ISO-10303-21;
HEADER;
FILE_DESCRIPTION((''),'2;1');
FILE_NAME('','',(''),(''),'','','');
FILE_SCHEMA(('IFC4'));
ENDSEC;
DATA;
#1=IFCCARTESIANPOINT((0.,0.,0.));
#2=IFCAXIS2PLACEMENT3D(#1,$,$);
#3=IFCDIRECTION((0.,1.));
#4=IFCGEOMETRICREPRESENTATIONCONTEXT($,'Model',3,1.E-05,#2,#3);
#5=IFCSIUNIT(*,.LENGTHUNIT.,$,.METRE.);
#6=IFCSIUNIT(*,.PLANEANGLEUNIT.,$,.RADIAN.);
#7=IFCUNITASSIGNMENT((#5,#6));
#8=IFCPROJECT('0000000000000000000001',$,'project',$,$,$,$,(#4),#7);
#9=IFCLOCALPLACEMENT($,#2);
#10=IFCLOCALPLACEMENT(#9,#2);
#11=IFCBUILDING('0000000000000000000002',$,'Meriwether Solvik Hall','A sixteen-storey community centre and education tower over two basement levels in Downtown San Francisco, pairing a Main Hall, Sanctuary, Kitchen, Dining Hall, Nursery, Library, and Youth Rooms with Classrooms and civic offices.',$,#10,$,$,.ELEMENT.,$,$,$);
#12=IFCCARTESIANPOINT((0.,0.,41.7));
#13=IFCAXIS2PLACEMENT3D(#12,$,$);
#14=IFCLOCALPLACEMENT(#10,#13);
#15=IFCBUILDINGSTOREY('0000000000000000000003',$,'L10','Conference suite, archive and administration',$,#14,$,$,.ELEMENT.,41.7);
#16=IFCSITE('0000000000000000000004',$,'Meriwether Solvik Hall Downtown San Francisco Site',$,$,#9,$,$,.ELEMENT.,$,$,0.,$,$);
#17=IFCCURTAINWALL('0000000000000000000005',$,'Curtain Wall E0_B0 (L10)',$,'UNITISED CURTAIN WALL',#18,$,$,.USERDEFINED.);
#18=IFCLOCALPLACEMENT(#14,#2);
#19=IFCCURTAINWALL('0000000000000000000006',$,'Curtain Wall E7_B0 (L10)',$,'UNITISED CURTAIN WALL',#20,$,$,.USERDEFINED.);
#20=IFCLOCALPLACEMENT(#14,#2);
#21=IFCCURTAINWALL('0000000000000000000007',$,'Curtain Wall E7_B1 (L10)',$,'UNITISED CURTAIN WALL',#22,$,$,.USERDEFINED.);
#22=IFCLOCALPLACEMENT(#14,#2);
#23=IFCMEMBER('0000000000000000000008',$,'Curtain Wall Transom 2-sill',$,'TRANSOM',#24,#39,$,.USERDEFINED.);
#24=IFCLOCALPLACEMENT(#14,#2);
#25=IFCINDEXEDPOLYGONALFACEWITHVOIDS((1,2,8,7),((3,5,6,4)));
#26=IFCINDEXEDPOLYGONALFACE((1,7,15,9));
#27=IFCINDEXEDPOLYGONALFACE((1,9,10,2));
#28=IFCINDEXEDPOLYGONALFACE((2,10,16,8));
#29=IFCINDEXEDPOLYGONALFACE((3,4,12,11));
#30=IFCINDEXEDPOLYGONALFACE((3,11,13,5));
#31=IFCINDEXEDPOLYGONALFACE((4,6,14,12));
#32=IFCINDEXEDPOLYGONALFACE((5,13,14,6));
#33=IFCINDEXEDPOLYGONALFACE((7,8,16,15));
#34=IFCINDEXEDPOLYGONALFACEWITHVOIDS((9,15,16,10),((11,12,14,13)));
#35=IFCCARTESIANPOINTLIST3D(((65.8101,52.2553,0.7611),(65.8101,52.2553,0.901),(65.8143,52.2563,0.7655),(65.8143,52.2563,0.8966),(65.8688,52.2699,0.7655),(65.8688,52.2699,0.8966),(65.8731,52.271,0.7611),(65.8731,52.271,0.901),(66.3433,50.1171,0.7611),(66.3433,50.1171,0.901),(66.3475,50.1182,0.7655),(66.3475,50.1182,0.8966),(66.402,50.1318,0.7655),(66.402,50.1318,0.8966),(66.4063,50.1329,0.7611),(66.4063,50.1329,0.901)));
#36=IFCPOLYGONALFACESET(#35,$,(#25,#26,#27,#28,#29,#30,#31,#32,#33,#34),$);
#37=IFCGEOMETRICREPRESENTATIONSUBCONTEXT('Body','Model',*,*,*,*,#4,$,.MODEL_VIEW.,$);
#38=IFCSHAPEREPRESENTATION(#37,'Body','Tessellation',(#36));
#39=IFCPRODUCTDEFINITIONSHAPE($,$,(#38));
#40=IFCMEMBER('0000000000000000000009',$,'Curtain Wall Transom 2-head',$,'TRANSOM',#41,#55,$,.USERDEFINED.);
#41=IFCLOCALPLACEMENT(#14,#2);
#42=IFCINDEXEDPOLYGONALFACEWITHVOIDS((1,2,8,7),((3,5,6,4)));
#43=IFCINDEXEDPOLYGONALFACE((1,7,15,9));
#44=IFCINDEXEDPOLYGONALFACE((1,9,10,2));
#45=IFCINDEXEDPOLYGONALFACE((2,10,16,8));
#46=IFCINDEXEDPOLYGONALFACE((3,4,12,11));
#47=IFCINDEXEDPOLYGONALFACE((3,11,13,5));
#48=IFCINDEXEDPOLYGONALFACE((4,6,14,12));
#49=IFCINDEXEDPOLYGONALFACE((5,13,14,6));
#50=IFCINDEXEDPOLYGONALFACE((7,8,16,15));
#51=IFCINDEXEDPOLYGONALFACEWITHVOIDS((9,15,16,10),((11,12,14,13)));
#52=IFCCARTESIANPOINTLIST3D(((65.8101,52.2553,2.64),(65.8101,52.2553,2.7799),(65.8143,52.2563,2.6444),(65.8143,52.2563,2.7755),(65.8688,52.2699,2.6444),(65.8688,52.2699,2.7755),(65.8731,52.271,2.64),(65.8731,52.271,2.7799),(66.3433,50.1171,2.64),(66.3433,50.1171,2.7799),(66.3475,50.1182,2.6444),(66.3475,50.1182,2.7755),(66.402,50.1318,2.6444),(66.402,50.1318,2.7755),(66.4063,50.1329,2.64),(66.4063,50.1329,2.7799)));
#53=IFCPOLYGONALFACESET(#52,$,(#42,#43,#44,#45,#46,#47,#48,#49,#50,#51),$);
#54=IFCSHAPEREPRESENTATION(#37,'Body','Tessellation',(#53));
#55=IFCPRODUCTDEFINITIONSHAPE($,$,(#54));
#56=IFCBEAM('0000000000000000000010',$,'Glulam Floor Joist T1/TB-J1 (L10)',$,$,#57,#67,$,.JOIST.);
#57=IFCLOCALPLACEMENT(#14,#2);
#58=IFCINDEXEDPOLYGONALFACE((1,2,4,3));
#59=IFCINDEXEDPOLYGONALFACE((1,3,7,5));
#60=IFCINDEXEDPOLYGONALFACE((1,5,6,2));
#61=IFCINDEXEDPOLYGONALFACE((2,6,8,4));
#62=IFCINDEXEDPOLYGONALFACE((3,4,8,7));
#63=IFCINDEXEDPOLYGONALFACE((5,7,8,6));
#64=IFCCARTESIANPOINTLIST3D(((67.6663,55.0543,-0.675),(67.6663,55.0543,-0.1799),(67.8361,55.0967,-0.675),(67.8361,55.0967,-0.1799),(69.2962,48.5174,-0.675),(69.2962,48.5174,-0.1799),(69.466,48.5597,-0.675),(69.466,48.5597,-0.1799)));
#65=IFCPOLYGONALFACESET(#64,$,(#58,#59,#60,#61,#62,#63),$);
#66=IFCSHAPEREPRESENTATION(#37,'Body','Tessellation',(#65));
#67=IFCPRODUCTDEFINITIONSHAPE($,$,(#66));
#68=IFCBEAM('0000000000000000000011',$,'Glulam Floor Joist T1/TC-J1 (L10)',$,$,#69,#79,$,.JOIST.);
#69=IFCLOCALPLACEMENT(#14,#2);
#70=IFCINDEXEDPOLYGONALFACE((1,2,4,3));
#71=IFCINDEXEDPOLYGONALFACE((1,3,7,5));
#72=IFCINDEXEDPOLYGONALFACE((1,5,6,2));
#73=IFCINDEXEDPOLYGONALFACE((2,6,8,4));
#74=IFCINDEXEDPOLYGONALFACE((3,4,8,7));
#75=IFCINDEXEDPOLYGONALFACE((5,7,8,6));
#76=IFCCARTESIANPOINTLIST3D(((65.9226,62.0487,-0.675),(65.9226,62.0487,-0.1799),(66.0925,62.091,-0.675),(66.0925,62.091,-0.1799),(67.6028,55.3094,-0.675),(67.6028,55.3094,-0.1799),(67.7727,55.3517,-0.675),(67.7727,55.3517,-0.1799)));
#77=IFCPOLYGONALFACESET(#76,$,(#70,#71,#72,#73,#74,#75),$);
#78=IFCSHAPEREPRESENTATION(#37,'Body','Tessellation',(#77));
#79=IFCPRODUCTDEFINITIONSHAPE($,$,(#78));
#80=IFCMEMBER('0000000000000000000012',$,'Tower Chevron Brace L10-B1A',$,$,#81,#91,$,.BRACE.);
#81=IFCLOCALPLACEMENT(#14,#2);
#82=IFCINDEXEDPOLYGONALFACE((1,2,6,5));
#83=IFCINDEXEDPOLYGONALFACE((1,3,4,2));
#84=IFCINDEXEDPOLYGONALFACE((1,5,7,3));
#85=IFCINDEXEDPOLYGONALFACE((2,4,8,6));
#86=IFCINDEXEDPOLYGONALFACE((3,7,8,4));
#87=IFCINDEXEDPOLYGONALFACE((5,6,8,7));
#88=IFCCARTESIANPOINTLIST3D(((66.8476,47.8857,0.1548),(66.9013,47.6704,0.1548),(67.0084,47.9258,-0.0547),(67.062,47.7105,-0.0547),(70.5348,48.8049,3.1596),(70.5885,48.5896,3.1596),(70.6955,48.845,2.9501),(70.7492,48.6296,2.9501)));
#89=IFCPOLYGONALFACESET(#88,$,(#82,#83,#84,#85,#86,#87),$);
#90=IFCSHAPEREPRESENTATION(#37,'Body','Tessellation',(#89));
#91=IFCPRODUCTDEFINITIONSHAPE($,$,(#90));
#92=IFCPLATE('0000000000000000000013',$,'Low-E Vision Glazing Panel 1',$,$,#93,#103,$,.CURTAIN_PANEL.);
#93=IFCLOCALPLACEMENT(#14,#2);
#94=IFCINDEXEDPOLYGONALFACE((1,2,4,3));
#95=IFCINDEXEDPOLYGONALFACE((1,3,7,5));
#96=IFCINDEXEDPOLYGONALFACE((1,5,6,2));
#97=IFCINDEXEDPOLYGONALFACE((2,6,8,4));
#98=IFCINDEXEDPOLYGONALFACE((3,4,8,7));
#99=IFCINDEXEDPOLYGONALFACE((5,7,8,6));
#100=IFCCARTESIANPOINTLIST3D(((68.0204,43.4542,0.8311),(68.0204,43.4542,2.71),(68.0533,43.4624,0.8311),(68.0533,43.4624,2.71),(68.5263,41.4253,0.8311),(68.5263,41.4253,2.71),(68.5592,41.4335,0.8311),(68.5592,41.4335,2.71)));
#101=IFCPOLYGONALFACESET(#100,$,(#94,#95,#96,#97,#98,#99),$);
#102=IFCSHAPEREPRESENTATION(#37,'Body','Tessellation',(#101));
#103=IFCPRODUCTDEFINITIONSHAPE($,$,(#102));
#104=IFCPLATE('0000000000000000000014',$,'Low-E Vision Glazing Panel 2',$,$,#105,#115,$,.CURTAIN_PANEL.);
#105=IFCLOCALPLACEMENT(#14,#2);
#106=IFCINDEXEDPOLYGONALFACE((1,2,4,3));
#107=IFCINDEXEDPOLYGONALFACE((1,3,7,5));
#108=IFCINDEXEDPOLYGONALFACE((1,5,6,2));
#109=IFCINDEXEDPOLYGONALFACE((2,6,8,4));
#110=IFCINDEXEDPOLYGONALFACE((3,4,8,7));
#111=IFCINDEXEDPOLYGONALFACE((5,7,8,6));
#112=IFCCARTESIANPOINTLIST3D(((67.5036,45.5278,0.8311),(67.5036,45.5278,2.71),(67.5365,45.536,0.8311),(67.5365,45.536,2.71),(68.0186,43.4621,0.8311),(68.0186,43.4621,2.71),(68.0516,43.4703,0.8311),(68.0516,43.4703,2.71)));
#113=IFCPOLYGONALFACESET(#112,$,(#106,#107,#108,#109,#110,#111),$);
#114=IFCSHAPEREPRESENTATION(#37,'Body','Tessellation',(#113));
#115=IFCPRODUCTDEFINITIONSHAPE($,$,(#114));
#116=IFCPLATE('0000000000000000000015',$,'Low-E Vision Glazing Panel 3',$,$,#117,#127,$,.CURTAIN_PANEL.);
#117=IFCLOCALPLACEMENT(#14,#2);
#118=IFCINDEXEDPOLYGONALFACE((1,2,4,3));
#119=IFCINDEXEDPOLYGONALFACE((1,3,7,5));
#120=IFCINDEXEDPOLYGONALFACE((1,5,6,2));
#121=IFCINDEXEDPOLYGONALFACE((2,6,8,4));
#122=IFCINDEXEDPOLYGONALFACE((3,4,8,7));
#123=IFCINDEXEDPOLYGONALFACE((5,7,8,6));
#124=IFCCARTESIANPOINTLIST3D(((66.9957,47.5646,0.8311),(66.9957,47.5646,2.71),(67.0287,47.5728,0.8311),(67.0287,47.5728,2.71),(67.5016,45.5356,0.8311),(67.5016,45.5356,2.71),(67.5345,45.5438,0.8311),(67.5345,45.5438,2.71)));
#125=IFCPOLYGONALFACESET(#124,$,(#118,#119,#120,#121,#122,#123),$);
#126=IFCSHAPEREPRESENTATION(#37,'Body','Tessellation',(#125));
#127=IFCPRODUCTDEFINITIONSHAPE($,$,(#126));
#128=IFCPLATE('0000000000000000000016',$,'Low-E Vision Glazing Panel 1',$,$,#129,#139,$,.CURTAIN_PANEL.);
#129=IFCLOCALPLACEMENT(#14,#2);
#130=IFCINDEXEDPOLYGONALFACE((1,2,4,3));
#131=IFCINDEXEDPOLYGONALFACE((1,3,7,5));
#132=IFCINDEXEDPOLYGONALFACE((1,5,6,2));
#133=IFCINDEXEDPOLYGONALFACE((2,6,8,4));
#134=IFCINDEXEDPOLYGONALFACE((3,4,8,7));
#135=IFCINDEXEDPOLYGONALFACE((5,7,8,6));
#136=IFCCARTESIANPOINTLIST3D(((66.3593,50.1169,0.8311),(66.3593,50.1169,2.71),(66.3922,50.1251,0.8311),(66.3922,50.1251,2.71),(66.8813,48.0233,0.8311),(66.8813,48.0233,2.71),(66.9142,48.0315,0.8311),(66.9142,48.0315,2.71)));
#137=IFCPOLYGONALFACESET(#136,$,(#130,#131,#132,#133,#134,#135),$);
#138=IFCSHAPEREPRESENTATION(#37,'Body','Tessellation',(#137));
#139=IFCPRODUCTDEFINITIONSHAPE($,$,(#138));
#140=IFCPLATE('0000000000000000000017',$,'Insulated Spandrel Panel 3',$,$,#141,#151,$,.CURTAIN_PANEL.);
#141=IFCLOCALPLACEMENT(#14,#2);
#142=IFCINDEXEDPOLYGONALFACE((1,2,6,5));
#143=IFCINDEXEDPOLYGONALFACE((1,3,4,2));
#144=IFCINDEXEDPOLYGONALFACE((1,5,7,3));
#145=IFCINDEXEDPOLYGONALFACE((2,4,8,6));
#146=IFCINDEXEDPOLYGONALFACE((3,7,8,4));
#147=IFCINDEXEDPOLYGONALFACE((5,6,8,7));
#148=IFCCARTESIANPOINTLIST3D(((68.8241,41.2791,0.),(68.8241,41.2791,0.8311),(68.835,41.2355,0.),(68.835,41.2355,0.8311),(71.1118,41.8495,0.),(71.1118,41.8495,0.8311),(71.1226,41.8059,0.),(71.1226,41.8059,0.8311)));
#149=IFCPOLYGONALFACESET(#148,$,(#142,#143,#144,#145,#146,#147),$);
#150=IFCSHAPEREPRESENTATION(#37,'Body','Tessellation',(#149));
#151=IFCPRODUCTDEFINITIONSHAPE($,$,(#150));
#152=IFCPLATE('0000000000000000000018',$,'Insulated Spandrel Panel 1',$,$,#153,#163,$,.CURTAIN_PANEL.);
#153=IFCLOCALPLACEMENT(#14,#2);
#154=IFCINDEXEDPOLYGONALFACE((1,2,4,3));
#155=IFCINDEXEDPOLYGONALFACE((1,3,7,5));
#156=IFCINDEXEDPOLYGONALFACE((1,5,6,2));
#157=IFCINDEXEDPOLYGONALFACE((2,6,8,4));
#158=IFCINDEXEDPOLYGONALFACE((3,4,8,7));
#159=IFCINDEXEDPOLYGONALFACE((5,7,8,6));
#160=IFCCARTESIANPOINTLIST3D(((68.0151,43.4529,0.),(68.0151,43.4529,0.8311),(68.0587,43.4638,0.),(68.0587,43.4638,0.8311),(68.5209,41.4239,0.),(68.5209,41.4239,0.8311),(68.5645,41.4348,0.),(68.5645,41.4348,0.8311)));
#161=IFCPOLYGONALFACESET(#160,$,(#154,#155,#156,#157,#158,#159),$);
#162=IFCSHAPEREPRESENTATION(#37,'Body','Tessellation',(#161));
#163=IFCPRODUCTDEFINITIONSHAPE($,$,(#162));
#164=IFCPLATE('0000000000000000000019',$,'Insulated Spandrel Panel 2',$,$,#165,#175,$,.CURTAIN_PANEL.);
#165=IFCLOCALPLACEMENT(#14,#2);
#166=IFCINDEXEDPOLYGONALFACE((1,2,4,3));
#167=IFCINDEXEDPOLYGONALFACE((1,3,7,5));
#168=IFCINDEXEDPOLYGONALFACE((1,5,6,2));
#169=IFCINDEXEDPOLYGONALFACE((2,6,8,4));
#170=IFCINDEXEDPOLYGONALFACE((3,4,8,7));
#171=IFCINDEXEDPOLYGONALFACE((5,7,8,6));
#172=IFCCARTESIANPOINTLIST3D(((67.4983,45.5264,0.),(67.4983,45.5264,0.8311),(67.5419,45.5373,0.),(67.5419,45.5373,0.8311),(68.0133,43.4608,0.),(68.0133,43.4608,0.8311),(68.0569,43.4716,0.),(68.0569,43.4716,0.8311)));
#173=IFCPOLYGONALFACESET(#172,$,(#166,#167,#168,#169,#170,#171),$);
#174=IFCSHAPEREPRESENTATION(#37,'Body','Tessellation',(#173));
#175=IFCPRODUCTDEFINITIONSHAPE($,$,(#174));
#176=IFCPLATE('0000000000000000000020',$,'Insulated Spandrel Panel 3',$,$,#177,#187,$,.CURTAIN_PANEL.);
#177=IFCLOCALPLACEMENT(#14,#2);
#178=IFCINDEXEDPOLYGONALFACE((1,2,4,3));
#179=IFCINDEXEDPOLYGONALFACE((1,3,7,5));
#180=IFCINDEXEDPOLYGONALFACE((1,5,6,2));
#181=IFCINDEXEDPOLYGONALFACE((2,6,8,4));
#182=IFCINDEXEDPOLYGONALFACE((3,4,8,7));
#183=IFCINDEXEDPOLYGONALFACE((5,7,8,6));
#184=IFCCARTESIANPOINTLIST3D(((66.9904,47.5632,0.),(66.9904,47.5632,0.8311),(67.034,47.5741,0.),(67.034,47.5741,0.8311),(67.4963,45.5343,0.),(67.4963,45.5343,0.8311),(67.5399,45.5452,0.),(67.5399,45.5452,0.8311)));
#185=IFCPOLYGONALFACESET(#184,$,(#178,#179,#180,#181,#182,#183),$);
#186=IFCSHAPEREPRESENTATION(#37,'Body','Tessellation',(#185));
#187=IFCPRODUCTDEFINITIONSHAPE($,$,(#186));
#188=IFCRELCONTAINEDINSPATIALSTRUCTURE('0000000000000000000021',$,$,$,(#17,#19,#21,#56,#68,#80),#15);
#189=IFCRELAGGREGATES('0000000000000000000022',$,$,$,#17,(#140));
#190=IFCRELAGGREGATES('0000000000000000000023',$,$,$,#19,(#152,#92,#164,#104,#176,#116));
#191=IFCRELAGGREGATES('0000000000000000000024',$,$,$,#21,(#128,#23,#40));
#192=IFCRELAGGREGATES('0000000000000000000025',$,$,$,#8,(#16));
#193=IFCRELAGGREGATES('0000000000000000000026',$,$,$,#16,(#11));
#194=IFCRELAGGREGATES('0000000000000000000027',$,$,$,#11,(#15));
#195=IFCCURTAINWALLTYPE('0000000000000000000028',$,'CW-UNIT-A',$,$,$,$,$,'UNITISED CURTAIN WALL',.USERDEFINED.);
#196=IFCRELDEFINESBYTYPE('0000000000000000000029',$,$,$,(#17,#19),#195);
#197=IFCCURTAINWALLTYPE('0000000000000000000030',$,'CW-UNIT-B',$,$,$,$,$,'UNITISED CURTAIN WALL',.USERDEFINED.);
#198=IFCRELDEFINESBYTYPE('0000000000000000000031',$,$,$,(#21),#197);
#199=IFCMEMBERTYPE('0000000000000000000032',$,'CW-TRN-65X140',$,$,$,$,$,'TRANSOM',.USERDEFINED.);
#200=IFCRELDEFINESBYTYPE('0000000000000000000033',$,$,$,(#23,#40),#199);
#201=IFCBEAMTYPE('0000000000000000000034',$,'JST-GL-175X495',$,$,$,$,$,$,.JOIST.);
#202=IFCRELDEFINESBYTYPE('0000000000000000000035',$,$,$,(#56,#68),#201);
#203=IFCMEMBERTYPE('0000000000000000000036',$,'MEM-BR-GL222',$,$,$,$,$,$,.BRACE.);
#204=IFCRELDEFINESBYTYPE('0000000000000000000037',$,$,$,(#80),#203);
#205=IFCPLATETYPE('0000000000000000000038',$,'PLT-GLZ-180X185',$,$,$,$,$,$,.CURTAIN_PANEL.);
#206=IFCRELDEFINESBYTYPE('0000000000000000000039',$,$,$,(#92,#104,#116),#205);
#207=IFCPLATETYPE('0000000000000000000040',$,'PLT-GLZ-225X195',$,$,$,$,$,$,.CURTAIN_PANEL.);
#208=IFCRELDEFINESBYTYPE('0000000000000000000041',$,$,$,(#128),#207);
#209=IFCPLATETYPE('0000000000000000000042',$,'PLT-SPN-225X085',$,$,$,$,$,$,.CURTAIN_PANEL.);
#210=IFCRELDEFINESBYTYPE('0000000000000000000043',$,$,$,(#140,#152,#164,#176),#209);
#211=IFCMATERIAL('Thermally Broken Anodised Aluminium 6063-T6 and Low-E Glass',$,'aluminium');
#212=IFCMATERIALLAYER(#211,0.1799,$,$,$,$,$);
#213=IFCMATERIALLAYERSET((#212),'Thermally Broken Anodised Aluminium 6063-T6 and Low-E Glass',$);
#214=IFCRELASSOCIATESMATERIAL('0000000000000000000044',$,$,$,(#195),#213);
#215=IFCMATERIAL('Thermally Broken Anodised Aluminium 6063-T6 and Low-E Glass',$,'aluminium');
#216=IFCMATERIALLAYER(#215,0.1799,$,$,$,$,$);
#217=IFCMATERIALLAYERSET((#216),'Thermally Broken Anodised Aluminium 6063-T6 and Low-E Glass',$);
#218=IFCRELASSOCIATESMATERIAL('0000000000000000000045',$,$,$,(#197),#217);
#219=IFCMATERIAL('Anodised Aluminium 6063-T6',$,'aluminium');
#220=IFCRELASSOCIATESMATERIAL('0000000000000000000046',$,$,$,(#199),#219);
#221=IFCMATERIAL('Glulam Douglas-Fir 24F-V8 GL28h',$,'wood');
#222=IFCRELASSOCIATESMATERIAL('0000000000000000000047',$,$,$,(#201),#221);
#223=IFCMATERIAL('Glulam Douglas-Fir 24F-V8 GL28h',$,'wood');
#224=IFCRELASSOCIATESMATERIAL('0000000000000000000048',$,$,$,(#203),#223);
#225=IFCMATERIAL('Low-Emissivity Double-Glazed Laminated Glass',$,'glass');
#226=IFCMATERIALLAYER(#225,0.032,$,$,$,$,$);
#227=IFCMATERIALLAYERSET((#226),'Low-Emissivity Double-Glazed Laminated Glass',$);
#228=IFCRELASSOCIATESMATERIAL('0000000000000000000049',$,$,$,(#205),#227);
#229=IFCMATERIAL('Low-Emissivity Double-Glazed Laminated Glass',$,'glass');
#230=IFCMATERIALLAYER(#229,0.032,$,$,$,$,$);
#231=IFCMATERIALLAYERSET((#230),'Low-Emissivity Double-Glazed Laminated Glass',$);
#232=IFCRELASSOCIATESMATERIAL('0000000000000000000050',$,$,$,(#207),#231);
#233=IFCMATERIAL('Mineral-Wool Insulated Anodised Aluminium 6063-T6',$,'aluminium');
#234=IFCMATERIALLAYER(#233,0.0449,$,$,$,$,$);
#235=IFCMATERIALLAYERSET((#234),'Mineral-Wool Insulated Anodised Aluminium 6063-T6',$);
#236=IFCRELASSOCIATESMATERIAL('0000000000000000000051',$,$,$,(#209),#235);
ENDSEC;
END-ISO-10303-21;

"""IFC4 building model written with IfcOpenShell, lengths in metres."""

from ifc_helpers import new_model, si_unit, direction, frame, origin, origin_2d, place, context, subcontext, project, spatial, rectangle, hollow_rectangle, extrude, material, layer, layer_set, material_profile, profile_set, type_object, element, aggregate, save


model = new_model("IFC4")

# Units and contexts
model_context = context("Model", 3, precision=1e-05, world=origin(), true_north=direction((0.0, 1.0)))
body_context = subcontext(model_context, "Body", "Model", "MODEL_VIEW")
ifc_project = project(units=[si_unit("LENGTHUNIT", "METRE"), si_unit("PLANEANGLEUNIT", "RADIAN")], contexts=[model_context])

# Site, building, storey
site_placement = place(None, origin())
site = spatial("IfcSite", under=ifc_project, at=site_placement, Name="Meriwether Solvik Hall Downtown San Francisco Site", CompositionType="ELEMENT", RefElevation=0.0)
building_placement = place(site_placement, origin())
building = spatial("IfcBuilding", under=site, at=building_placement, Name="Meriwether Solvik Hall", Description="A sixteen-storey community centre and education tower over two basement levels in Downtown San Francisco, pairing a Main Hall, Sanctuary, Kitchen, Dining Hall, Nursery, Library, and Youth Rooms with Classrooms and civic offices.", CompositionType="ELEMENT")
storey_placement = place(building_placement, frame((0.0, 0.0, 41.7)))
storey = spatial("IfcBuildingStorey", under=building, at=storey_placement, Name="L10", Description="Conference suite, archive and administration", CompositionType="ELEMENT", Elevation=41.7)

# Curtain wall
ifc_material_1 = material(Name="Thermally Broken Anodised Aluminium 6063-T6 and Low-E Glass", Category="aluminium")
ifc_layer_1 = layer(ifc_material_1, 0.1799)
ifc_layer_set_1 = layer_set([ifc_layer_1], Name="Thermally Broken Anodised Aluminium 6063-T6 and Low-E Glass")
curtain_wall_type_1 = type_object("IfcCurtainWallType", Name="CW-UNIT-A", ElementType="UNITISED CURTAIN WALL", PredefinedType="USERDEFINED", material=ifc_layer_set_1)
curtain_wall_1_placement = place(storey_placement, origin())
curtain_wall_1 = element("IfcCurtainWall", 1, at=curtain_wall_1_placement, inside=storey, type_object=curtain_wall_type_1, Name="Curtain Wall E0_B0 (L10)", ObjectType="UNITISED CURTAIN WALL", PredefinedType="USERDEFINED")

# Curtain walls
curtain_wall_2_placement = place(storey_placement, origin())
curtain_wall_2 = element("IfcCurtainWall", 2, at=curtain_wall_2_placement, inside=storey, type_object=curtain_wall_type_1, Name="Curtain Wall E7_B0 (L10)", ObjectType="UNITISED CURTAIN WALL", PredefinedType="USERDEFINED")
ifc_material_2 = material(Name="Thermally Broken Anodised Aluminium 6063-T6 and Low-E Glass", Category="aluminium")
ifc_layer_2 = layer(ifc_material_2, 0.1799)
ifc_layer_set_2 = layer_set([ifc_layer_2], Name="Thermally Broken Anodised Aluminium 6063-T6 and Low-E Glass")
curtain_wall_type_2 = type_object("IfcCurtainWallType", Name="CW-UNIT-B", ElementType="UNITISED CURTAIN WALL", PredefinedType="USERDEFINED", material=ifc_layer_set_2)
curtain_wall_3_placement = place(storey_placement, origin())
curtain_wall_3 = element("IfcCurtainWall", 3, at=curtain_wall_3_placement, inside=storey, type_object=curtain_wall_type_2, Name="Curtain Wall E7_B1 (L10)", ObjectType="UNITISED CURTAIN WALL", PredefinedType="USERDEFINED")

# Members
ifc_material_3 = material(Name="Anodised Aluminium 6063-T6", Category="aluminium")
ifc_material_profile_1 = material_profile(ifc_material_3, hollow_rectangle(XDim=0.0649, YDim=0.1399, WallThickness=0.0044, at=origin_2d()), Name="CWT-65X140")
ifc_profile_set_1 = profile_set([ifc_material_profile_1], Name="Anodised Aluminium 6063-T6")
member_type_1 = type_object("IfcMemberType", Name="CW-TRN-65X140", ElementType="TRANSOM", PredefinedType="USERDEFINED", material=ifc_profile_set_1)
member_1_placement = place(storey_placement, frame((66.3748, 50.125, 0.8311), z_axis=(-0.241962, 0.970286, 0.0), x_axis=(-0.970286, -0.241962, 0.0)))
member_1 = element("IfcMember", 4, at=member_1_placement, type_object=member_type_1, Name="Curtain Wall Transom 2-sill", ObjectType="TRANSOM", PredefinedType="USERDEFINED", context=body_context, shape_type="SweptSolid", body=[
    extrude(hollow_rectangle(XDim=0.0649, YDim=0.1399, WallThickness=0.0044, at=origin_2d()), origin(), (0.0, 0.0, 1.0), 2.2036),
])
member_2_placement = place(storey_placement, frame((66.3748, 50.125, 2.71), z_axis=(-0.241962, 0.970286, 0.0), x_axis=(-0.970286, -0.241962, 0.0)))
member_2 = element("IfcMember", 5, at=member_2_placement, type_object=member_type_1, Name="Curtain Wall Transom 2-head", ObjectType="TRANSOM", PredefinedType="USERDEFINED", context=body_context, shape_type="SweptSolid", body=[
    extrude(hollow_rectangle(XDim=0.0649, YDim=0.1399, WallThickness=0.0044, at=origin_2d()), origin(), (0.0, 0.0, 1.0), 2.2036),
])

# Beams
ifc_material_4 = material(Name="Glulam Douglas-Fir 24F-V8 GL28h", Category="wood")
ifc_material_profile_2 = material_profile(ifc_material_4, rectangle(XDim=0.175, YDim=0.4951, at=origin_2d()), Name="GLJ-175X495")
ifc_profile_set_2 = profile_set([ifc_material_profile_2], Name="Glulam Douglas-Fir 24F-V8 GL28h")
beam_type_1 = type_object("IfcBeamType", Name="JST-GL-175X495", PredefinedType="JOIST", material=ifc_profile_set_2)
beam_1_placement = place(storey_placement, frame((69.3811, 48.5386, -0.4275), z_axis=(-0.24193, 0.970294, 0.0), x_axis=(-0.970294, -0.24193, 0.0)))
element("IfcBeam", 6, at=beam_1_placement, inside=storey, type_object=beam_type_1, Name="Glulam Floor Joist T1/TB-J1 (L10)", PredefinedType="JOIST", context=body_context, shape_type="SweptSolid", body=[
    extrude(rectangle(XDim=0.175, YDim=0.4951, at=origin_2d()), origin(), (0.0, 0.0, 1.0), 6.7371),
])
beam_2_placement = place(storey_placement, frame((67.6877, 55.3306, -0.4275), z_axis=(-0.241907, 0.970299, 0.0), x_axis=(-0.970299, -0.241907, 0.0)))
element("IfcBeam", 7, at=beam_2_placement, inside=storey, type_object=beam_type_1, Name="Glulam Floor Joist T1/TC-J1 (L10)", PredefinedType="JOIST", context=body_context, shape_type="SweptSolid", body=[
    extrude(rectangle(XDim=0.175, YDim=0.4951, at=origin_2d()), origin(), (0.0, 0.0, 1.0), 6.9456),
])

# Member
ifc_material_5 = material(Name="Glulam Douglas-Fir 24F-V8 GL28h", Category="wood")
ifc_material_profile_3 = material_profile(ifc_material_5, rectangle(XDim=0.2219, YDim=0.2671, at=origin_2d()), Name="GLM-222X267")
ifc_profile_set_3 = profile_set([ifc_material_profile_3], Name="Glulam Douglas-Fir 24F-V8 GL28h")
member_type_2 = type_object("IfcMemberType", Name="MEM-BR-GL222", PredefinedType="BRACE", material=ifc_profile_set_3)
member_3_placement = place(storey_placement, frame((66.9548, 47.7981, 0.05), z_axis=(0.761107, 0.189735, 0.620255), x_axis=(-0.241886, 0.970305, 0.0)))
element("IfcMember", 8, at=member_3_placement, inside=storey, type_object=member_type_2, Name="Tower Chevron Brace L10-B1A", PredefinedType="BRACE", context=body_context, shape_type="SweptSolid", body=[
    extrude(rectangle(XDim=0.2219, YDim=0.2671, at=origin_2d()), origin(), (0.0, 0.0, 1.0), 4.8445),
])

# Plates
ifc_material_6 = material(Name="Low-Emissivity Double-Glazed Laminated Glass", Category="glass")
ifc_layer_3 = layer(ifc_material_6, 0.032)
ifc_layer_set_3 = layer_set([ifc_layer_3], Name="Low-Emissivity Double-Glazed Laminated Glass")
plate_type_1 = type_object("IfcPlateType", Name="PLT-GLZ-180X185", PredefinedType="CURTAIN_PANEL", material=ifc_layer_set_3)
plate_1_placement = place(storey_placement, frame((68.2898, 42.4438, 0.8311), z_axis=(0.0, 0.0, 1.0), x_axis=(-0.241922, 0.970296, 0.0)))
plate_1 = element("IfcPlate", 9, at=plate_1_placement, type_object=plate_type_1, Name="Low-E Vision Glazing Panel 1", PredefinedType="CURTAIN_PANEL", context=body_context, shape_type="SweptSolid", body=[
    extrude(rectangle(XDim=2.0911, YDim=0.0339, at=origin_2d()), origin(), (0.0, 0.0, 1.0), 1.8789),
])
plate_2_placement = place(storey_placement, frame((67.7776, 44.499, 0.8311), z_axis=(0.0, 0.0, 1.0), x_axis=(-0.241922, 0.970296, 0.0)))
plate_2 = element("IfcPlate", 10, at=plate_2_placement, type_object=plate_type_1, Name="Low-E Vision Glazing Panel 2", PredefinedType="CURTAIN_PANEL", context=body_context, shape_type="SweptSolid", body=[
    extrude(rectangle(XDim=2.1289, YDim=0.0339, at=origin_2d()), origin(), (0.0, 0.0, 1.0), 1.8789),
])
plate_3_placement = place(storey_placement, frame((67.2651, 46.5542, 0.8311), z_axis=(0.0, 0.0, 1.0), x_axis=(-0.241922, 0.970296, 0.0)))
plate_3 = element("IfcPlate", 11, at=plate_3_placement, type_object=plate_type_1, Name="Low-E Vision Glazing Panel 3", PredefinedType="CURTAIN_PANEL", context=body_context, shape_type="SweptSolid", body=[
    extrude(rectangle(XDim=2.0911, YDim=0.0339, at=origin_2d()), origin(), (0.0, 0.0, 1.0), 1.8789),
])
ifc_material_7 = material(Name="Low-Emissivity Double-Glazed Laminated Glass", Category="glass")
ifc_layer_4 = layer(ifc_material_7, 0.032)
ifc_layer_set_4 = layer_set([ifc_layer_4], Name="Low-Emissivity Double-Glazed Laminated Glass")
plate_type_2 = type_object("IfcPlateType", Name="PLT-GLZ-225X195", PredefinedType="CURTAIN_PANEL", material=ifc_layer_set_4)
plate_4_placement = place(storey_placement, frame((66.6367, 49.0742, 0.8311), z_axis=(0.0, 0.0, 1.0), x_axis=(-0.241922, 0.970296, 0.0)))
plate_4 = element("IfcPlate", 12, at=plate_4_placement, type_object=plate_type_2, Name="Low-E Vision Glazing Panel 1", PredefinedType="CURTAIN_PANEL", context=body_context, shape_type="SweptSolid", body=[
    extrude(rectangle(XDim=2.1577, YDim=0.0339, at=origin_2d()), origin(), (0.0, 0.0, 1.0), 1.8789),
])
ifc_material_8 = material(Name="Mineral-Wool Insulated Anodised Aluminium 6063-T6", Category="aluminium")
ifc_layer_5 = layer(ifc_material_8, 0.0449)
ifc_layer_set_5 = layer_set([ifc_layer_5], Name="Mineral-Wool Insulated Anodised Aluminium 6063-T6")
plate_type_3 = type_object("IfcPlateType", Name="PLT-SPN-225X085", PredefinedType="CURTAIN_PANEL", material=ifc_layer_set_5)
plate_5_placement = place(storey_placement, frame((69.9734, 41.5425, 0.0), z_axis=(0.0, 0.0, 1.0), x_axis=(-0.970296, -0.241922, 0.0)))
plate_5 = element("IfcPlate", 13, at=plate_5_placement, type_object=plate_type_3, Name="Insulated Spandrel Panel 3", PredefinedType="CURTAIN_PANEL", context=body_context, shape_type="SweptSolid", body=[
    extrude(rectangle(XDim=2.3577, YDim=0.0449, at=origin_2d()), origin(), (0.0, 0.0, 1.0), 0.8311),
])
aggregate(curtain_wall_1, [plate_5])
plate_6_placement = place(storey_placement, frame((68.2898, 42.4438, 0.0), z_axis=(0.0, 0.0, 1.0), x_axis=(-0.241922, 0.970296, 0.0)))
plate_6 = element("IfcPlate", 14, at=plate_6_placement, type_object=plate_type_3, Name="Insulated Spandrel Panel 1", PredefinedType="CURTAIN_PANEL", context=body_context, shape_type="SweptSolid", body=[
    extrude(rectangle(XDim=2.0911, YDim=0.0449, at=origin_2d()), origin(), (0.0, 0.0, 1.0), 0.8311),
])
plate_7_placement = place(storey_placement, frame((67.7776, 44.499, 0.0), z_axis=(0.0, 0.0, 1.0), x_axis=(-0.241922, 0.970296, 0.0)))
plate_7 = element("IfcPlate", 15, at=plate_7_placement, type_object=plate_type_3, Name="Insulated Spandrel Panel 2", PredefinedType="CURTAIN_PANEL", context=body_context, shape_type="SweptSolid", body=[
    extrude(rectangle(XDim=2.1289, YDim=0.0449, at=origin_2d()), origin(), (0.0, 0.0, 1.0), 0.8311),
])
plate_8_placement = place(storey_placement, frame((67.2651, 46.5542, 0.0), z_axis=(0.0, 0.0, 1.0), x_axis=(-0.241922, 0.970296, 0.0)))
plate_8 = element("IfcPlate", 16, at=plate_8_placement, type_object=plate_type_3, Name="Insulated Spandrel Panel 3", PredefinedType="CURTAIN_PANEL", context=body_context, shape_type="SweptSolid", body=[
    extrude(rectangle(XDim=2.0911, YDim=0.0449, at=origin_2d()), origin(), (0.0, 0.0, 1.0), 0.8311),
])
aggregate(curtain_wall_2, [plate_6, plate_1, plate_7, plate_2, plate_8, plate_3])
aggregate(curtain_wall_3, [plate_4, member_1, member_2])

save(model, "model.ifc")
